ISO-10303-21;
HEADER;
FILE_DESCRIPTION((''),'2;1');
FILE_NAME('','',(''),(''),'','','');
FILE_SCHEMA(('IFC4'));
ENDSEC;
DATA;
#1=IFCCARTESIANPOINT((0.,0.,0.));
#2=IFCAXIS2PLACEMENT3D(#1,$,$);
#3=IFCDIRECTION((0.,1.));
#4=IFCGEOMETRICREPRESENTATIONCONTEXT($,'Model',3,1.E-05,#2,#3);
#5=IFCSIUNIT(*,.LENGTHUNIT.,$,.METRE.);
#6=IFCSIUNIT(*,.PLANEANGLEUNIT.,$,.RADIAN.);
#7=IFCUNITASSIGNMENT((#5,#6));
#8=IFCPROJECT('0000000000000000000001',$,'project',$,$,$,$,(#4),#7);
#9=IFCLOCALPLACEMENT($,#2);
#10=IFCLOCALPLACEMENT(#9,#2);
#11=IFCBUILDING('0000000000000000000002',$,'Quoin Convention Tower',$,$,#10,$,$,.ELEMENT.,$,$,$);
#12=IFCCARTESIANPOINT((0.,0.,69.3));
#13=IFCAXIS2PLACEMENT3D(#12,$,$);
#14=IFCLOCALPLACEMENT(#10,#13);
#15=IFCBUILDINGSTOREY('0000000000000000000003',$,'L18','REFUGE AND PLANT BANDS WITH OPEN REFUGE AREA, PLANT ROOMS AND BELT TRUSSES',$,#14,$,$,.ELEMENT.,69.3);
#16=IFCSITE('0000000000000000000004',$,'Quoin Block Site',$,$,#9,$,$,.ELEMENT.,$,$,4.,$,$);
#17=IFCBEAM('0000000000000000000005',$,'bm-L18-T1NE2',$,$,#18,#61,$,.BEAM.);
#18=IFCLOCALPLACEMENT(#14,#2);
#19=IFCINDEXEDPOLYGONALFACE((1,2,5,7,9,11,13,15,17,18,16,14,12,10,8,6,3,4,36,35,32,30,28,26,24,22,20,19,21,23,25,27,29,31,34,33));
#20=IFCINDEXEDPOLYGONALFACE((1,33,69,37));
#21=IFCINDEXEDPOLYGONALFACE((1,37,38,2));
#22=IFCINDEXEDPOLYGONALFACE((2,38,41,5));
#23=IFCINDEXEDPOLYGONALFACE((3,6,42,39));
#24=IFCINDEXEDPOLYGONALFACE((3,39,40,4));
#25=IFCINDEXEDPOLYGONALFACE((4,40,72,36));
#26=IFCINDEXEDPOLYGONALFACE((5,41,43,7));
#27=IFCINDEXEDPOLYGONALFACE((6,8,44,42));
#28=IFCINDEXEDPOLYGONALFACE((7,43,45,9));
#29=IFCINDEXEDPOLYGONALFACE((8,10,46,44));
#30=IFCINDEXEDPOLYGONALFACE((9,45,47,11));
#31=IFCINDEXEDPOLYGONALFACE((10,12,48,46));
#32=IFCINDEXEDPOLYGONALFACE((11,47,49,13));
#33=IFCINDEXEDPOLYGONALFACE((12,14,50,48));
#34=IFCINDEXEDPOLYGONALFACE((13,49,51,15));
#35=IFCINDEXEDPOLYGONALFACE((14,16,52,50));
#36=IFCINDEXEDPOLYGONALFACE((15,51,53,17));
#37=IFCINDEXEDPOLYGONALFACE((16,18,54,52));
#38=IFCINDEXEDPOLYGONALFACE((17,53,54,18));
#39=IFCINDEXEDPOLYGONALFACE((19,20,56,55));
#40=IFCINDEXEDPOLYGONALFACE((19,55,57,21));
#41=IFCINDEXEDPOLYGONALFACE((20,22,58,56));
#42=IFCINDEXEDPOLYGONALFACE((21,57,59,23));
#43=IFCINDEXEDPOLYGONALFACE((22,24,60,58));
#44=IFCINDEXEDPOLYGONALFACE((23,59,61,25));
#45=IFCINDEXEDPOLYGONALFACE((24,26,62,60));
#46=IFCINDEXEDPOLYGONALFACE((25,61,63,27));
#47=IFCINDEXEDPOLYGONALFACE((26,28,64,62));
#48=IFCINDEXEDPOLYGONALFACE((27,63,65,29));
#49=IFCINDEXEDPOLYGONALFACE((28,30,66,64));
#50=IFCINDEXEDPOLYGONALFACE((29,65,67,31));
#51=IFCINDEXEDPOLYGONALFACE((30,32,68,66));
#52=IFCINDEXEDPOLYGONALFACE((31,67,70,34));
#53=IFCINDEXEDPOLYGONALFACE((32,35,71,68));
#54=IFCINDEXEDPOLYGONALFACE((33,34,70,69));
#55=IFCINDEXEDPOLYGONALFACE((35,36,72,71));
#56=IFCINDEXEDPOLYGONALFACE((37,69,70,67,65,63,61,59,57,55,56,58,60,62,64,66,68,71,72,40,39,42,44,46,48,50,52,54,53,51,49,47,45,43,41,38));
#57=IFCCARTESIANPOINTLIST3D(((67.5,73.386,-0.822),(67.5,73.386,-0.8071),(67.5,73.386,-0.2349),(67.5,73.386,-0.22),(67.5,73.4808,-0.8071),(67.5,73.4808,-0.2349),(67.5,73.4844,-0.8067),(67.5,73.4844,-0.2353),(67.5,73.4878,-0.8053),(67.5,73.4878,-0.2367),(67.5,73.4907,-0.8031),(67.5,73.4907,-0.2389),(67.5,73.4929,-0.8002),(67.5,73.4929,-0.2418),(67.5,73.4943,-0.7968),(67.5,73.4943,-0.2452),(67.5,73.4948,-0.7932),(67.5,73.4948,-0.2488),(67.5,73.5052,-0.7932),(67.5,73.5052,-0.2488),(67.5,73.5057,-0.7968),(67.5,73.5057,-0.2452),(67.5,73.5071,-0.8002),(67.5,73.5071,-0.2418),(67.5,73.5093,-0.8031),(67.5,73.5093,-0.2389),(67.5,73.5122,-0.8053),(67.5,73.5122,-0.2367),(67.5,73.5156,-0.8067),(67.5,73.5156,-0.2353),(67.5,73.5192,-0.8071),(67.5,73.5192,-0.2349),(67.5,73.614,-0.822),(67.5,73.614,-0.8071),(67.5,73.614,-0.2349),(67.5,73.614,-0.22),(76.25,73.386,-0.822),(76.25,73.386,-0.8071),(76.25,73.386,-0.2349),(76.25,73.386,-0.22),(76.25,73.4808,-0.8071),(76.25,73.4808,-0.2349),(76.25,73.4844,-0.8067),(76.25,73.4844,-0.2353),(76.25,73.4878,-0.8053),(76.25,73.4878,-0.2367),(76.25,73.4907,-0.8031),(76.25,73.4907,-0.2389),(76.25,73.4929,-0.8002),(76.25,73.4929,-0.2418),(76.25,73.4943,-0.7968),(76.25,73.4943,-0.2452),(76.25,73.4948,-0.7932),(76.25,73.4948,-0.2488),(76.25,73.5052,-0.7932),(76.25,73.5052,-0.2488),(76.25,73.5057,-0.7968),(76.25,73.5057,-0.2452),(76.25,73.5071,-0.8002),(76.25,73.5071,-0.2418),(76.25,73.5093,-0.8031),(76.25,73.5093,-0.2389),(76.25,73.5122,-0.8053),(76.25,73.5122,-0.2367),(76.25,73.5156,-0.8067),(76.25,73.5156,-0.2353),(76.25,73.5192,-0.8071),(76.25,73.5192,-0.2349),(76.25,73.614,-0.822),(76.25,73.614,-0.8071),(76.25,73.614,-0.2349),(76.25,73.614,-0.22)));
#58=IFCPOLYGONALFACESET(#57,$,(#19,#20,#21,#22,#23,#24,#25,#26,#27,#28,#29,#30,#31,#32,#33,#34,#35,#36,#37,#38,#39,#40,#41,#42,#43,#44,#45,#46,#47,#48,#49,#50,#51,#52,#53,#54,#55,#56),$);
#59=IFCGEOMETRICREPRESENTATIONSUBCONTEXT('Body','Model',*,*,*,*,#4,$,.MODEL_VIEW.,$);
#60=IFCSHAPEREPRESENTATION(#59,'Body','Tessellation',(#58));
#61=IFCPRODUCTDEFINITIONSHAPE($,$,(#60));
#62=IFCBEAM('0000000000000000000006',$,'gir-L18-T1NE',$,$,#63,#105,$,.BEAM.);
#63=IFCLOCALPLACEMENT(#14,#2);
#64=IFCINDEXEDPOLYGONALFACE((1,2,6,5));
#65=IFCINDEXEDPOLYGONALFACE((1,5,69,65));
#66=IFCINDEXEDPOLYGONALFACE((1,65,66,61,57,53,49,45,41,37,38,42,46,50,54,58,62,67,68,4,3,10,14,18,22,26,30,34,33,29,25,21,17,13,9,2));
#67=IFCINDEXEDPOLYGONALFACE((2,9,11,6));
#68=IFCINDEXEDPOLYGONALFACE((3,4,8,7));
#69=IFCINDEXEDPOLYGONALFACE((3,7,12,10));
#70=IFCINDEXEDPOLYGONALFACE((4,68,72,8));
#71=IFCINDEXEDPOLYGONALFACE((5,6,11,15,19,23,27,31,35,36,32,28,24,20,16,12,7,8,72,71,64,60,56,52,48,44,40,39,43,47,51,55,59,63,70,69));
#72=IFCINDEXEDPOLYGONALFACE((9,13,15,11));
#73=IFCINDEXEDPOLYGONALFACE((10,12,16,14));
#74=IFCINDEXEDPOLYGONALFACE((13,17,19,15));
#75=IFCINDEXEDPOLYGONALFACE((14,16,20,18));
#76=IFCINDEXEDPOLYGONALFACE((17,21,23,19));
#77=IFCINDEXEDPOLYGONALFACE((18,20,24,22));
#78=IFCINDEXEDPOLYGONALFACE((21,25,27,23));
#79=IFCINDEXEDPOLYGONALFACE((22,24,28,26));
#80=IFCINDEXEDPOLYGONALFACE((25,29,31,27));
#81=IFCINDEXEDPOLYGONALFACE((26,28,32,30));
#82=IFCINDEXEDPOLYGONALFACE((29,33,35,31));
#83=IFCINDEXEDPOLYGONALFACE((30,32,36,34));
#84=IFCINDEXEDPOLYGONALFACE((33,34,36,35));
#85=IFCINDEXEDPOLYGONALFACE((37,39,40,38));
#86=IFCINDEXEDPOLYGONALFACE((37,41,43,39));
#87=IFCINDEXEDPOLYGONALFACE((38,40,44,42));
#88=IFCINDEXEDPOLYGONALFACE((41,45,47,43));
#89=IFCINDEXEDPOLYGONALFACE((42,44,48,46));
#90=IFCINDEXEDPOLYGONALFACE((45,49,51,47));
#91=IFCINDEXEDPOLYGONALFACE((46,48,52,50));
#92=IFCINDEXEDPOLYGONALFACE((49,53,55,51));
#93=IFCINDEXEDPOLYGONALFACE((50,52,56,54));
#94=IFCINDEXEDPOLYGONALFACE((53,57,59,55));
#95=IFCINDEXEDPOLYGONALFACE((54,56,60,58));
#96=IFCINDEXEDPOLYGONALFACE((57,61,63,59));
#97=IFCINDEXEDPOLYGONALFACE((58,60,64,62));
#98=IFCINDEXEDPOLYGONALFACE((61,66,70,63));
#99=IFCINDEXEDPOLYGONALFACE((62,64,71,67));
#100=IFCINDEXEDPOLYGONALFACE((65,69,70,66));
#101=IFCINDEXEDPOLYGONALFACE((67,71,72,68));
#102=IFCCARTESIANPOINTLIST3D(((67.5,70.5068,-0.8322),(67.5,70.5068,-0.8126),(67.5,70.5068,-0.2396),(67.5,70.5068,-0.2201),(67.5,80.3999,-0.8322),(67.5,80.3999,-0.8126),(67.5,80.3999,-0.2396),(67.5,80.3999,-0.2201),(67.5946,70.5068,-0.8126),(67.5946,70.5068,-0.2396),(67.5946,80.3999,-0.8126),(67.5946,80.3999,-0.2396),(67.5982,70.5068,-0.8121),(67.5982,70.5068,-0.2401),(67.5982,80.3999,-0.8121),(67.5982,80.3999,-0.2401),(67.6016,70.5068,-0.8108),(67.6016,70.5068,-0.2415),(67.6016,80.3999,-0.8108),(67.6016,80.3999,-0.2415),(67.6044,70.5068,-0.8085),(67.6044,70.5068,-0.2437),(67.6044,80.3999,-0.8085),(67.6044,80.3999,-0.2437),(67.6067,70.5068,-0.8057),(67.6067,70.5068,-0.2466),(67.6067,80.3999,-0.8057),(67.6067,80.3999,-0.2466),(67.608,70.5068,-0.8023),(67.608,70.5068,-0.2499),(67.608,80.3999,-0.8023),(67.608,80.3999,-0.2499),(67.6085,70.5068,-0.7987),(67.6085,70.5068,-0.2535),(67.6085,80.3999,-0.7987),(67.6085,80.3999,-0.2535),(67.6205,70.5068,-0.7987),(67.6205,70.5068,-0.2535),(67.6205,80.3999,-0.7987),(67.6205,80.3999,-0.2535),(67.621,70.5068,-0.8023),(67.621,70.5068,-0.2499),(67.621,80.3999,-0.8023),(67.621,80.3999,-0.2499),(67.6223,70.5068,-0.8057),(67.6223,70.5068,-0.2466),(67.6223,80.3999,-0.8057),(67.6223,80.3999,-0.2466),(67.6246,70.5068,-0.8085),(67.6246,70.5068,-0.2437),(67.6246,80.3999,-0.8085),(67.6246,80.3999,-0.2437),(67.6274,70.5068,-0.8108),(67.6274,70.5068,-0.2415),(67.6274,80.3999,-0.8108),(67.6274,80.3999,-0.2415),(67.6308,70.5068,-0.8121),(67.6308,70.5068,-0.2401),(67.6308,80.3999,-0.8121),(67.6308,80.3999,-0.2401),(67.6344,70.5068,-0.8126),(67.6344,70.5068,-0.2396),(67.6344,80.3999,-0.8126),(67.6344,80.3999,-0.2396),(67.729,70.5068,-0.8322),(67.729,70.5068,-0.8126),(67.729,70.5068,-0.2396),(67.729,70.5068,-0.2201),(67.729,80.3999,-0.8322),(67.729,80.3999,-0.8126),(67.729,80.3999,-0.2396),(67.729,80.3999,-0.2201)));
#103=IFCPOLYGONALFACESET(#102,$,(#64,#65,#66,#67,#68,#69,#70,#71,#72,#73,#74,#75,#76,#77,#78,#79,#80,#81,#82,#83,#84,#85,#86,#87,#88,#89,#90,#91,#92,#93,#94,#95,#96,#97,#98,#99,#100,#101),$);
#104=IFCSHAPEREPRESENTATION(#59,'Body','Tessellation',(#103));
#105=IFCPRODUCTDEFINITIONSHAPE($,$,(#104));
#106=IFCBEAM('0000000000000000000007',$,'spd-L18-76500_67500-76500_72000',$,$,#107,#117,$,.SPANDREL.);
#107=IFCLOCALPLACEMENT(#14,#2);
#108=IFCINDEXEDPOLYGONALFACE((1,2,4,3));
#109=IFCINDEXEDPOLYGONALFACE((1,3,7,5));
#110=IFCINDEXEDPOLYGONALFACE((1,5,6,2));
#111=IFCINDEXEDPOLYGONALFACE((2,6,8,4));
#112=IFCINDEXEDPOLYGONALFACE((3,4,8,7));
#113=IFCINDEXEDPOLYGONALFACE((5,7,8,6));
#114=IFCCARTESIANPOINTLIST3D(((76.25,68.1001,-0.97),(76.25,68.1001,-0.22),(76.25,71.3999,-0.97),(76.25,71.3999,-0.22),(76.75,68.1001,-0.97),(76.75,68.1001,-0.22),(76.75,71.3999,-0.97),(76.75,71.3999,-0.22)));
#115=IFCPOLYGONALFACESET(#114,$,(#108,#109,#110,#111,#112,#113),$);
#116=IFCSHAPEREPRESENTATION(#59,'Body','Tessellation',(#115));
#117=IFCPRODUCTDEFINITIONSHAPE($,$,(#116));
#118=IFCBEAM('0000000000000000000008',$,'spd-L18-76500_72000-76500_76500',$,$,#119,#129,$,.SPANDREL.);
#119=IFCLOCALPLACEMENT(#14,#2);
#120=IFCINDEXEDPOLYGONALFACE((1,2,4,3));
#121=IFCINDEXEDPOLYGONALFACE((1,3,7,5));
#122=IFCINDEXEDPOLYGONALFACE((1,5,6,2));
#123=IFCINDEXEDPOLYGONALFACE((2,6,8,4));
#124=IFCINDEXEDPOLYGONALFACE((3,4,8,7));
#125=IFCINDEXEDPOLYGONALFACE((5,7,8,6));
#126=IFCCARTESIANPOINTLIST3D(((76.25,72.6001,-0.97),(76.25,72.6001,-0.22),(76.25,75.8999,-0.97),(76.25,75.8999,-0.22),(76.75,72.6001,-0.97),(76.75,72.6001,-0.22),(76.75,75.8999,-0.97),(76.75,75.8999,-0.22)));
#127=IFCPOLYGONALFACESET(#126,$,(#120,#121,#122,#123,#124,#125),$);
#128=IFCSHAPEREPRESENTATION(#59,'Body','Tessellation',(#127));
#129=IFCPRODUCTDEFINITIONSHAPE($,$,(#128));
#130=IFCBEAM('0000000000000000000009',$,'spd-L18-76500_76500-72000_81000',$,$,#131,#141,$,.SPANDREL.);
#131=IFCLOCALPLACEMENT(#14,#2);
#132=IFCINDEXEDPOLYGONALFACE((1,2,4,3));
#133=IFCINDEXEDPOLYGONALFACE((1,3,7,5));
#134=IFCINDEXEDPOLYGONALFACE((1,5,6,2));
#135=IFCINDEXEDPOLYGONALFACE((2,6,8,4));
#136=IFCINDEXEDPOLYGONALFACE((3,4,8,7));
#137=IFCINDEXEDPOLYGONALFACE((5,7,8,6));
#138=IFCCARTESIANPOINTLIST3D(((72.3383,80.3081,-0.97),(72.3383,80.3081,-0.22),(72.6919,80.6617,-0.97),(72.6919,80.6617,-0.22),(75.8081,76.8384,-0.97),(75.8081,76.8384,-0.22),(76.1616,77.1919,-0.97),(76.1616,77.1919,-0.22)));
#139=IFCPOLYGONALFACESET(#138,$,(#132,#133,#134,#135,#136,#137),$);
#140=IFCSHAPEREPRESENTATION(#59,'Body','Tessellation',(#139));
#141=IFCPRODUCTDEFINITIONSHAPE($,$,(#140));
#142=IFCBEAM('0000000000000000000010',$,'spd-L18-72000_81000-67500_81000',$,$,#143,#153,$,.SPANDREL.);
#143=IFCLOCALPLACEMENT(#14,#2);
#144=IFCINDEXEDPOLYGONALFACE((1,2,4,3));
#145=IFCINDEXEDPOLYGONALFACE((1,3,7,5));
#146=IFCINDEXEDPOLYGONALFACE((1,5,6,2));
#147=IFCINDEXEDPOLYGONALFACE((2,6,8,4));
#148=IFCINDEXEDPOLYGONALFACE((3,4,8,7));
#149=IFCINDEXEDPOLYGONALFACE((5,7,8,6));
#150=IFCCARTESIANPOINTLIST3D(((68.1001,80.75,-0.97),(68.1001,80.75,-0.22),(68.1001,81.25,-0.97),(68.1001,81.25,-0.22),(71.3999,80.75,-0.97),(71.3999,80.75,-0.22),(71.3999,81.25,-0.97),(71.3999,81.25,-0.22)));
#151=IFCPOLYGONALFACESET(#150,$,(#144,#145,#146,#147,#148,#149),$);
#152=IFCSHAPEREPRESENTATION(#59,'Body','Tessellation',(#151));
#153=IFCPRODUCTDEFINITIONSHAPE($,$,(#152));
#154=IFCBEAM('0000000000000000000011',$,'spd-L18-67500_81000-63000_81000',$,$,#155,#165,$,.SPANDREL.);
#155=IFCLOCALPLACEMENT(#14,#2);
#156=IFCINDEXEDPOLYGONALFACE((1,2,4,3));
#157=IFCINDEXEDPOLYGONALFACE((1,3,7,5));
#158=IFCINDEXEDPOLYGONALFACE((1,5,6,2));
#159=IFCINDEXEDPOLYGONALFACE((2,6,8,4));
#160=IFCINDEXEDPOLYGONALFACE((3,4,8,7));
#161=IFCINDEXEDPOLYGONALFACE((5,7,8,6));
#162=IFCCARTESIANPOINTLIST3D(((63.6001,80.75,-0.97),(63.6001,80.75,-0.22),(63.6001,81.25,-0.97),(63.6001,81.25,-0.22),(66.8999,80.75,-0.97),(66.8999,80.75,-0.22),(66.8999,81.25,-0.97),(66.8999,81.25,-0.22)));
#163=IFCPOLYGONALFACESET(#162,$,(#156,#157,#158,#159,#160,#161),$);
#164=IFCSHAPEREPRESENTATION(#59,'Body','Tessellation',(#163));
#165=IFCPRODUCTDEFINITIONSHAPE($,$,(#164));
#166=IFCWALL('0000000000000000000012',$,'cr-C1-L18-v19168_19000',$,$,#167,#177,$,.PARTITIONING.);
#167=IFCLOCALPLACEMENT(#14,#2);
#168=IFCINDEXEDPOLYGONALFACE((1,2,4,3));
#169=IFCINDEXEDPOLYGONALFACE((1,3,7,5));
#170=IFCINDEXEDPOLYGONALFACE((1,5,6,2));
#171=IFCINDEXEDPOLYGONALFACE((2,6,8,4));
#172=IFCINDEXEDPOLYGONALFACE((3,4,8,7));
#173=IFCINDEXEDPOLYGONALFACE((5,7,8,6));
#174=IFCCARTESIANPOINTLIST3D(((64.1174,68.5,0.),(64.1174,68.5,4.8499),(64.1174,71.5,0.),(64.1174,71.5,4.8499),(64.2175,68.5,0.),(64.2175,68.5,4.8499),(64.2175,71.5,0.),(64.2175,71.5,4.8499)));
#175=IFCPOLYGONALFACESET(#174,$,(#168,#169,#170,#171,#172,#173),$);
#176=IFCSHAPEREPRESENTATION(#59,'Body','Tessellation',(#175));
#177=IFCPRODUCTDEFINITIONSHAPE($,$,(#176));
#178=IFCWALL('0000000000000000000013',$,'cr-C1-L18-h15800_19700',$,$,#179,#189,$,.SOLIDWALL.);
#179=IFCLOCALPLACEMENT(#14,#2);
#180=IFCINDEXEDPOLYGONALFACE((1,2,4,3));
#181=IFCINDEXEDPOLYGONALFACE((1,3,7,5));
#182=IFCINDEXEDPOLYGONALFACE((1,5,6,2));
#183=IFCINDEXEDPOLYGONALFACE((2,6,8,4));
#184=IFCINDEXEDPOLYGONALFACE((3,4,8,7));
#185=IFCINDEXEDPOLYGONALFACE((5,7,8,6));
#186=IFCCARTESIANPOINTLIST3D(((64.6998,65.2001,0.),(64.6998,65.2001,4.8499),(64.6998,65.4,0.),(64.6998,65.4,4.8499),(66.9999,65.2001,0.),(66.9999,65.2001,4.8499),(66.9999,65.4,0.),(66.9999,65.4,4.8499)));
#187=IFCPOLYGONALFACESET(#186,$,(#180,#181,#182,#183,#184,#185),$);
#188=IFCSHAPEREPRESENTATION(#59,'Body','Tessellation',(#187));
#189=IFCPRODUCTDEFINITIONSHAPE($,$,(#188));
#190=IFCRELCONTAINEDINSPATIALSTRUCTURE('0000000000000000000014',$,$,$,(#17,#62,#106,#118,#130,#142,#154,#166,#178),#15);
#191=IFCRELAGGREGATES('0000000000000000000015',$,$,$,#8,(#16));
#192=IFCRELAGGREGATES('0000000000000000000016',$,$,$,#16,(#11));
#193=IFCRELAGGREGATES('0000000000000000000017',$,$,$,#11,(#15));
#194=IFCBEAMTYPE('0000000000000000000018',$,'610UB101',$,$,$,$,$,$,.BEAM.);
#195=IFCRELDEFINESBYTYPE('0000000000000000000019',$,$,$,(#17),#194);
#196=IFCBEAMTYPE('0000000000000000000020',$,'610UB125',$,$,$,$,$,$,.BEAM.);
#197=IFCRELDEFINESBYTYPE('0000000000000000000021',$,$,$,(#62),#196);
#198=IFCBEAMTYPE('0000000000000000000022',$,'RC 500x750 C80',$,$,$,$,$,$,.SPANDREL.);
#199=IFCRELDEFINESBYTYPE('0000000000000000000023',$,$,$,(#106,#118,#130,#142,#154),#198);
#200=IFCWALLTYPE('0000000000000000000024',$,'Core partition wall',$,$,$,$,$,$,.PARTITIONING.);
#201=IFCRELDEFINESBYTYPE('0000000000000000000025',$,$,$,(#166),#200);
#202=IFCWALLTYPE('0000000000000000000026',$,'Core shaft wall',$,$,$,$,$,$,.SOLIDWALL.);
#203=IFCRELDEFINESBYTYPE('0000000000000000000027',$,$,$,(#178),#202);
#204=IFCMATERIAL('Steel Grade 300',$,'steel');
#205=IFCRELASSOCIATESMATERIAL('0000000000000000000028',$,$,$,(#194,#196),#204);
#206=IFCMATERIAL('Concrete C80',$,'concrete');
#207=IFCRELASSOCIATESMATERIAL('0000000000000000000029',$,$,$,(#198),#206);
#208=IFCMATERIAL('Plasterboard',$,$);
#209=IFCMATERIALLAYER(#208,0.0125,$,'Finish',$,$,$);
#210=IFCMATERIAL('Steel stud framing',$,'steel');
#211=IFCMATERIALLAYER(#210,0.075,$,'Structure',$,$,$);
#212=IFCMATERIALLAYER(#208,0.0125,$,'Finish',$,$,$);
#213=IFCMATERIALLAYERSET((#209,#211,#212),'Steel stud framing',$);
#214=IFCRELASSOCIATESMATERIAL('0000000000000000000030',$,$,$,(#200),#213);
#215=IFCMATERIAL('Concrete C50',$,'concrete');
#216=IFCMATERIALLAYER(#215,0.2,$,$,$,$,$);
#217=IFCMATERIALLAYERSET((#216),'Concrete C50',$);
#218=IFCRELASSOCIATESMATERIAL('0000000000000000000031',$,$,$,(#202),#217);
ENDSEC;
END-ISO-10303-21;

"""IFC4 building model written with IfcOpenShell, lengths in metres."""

from ifc_helpers import new_model, si_unit, direction, frame, frame_2d, origin, origin_2d, place, context, subcontext, project, spatial, rectangle, i_section, extrude, material, layer, layer_set, material_profile, profile_set, type_object, element, save


model = new_model("IFC4")

# Units and contexts
model_context = context("Model", 3, precision=1e-05, world=origin(), true_north=direction((0.0, 1.0)))
body_context = subcontext(model_context, "Body", "Model", "MODEL_VIEW")
ifc_project = project(units=[si_unit("LENGTHUNIT", "METRE"), si_unit("PLANEANGLEUNIT", "RADIAN")], contexts=[model_context])

# Site, building, storey
site_placement = place(None, origin())
site = spatial("IfcSite", under=ifc_project, at=site_placement, Name="Quoin Block Site", CompositionType="ELEMENT", RefElevation=4.0)
building_placement = place(site_placement, origin())
building = spatial("IfcBuilding", under=site, at=building_placement, Name="Quoin Convention Tower", CompositionType="ELEMENT")
storey_placement = place(building_placement, frame((0.0, 0.0, 69.3)))
storey = spatial("IfcBuildingStorey", under=building, at=storey_placement, Name="L18", Description="REFUGE AND PLANT BANDS WITH OPEN REFUGE AREA, PLANT ROOMS AND BELT TRUSSES", CompositionType="ELEMENT", Elevation=69.3)

# Shared definitions
ifc_material_1 = material(Name="Concrete C80", Category="concrete")

# Shared definitions
ifc_material_2 = material(Name="Steel Grade 300", Category="steel")

# Beams
ifc_material_profile_1 = material_profile(ifc_material_2, i_section(OverallWidth=0.228, OverallDepth=0.6021, WebThickness=0.0105, FlangeThickness=0.0149, FilletRadius=0.0139, at=origin_2d()), Name="610UB101")
ifc_profile_set_1 = profile_set([ifc_material_profile_1], Name="Steel Grade 300")
beam_type_1 = type_object("IfcBeamType", Name="610UB101", PredefinedType="BEAM", material=ifc_profile_set_1)
beam_1_placement = place(storey_placement, frame((67.5, 73.5, -0.521), z_axis=(1.0, 0.0, 0.0), x_axis=(0.0, 1.0, 0.0)))
element("IfcBeam", 1, at=beam_1_placement, inside=storey, type_object=beam_type_1, Name="bm-L18-T1NE2", PredefinedType="BEAM", context=body_context, shape_type="SweptSolid", body=[
    extrude(i_section(OverallWidth=0.228, OverallDepth=0.6021, WebThickness=0.0105, FlangeThickness=0.0149, FilletRadius=0.0139, at=origin_2d()), origin(), (0.0, 0.0, 1.0), 8.75),
])
ifc_material_profile_2 = material_profile(ifc_material_2, i_section(OverallWidth=0.229, OverallDepth=0.6121, WebThickness=0.012, FlangeThickness=0.0195, FilletRadius=0.0139, at=origin_2d()), Name="610UB125")
ifc_profile_set_2 = profile_set([ifc_material_profile_2], Name="Steel Grade 300")
beam_type_2 = type_object("IfcBeamType", Name="610UB125", PredefinedType="BEAM", material=ifc_profile_set_2)
beam_2_placement = place(storey_placement, frame((67.6145, 80.3999, -0.5261), z_axis=(0.0, -1.0, 0.0), x_axis=(1.0, 0.0, 0.0)))
element("IfcBeam", 2, at=beam_2_placement, inside=storey, type_object=beam_type_2, Name="gir-L18-T1NE", PredefinedType="BEAM", context=body_context, shape_type="SweptSolid", body=[
    extrude(i_section(OverallWidth=0.229, OverallDepth=0.6121, WebThickness=0.012, FlangeThickness=0.0195, FilletRadius=0.0139, at=origin_2d()), origin(), (0.0, 0.0, 1.0), 9.8931),
])
ifc_material_profile_3 = material_profile(ifc_material_1, rectangle(XDim=0.5, YDim=0.75, at=origin_2d()), Name="RC 500x750")
ifc_profile_set_3 = profile_set([ifc_material_profile_3], Name="Concrete C80")
beam_type_3 = type_object("IfcBeamType", Name="RC 500x750 C80", PredefinedType="SPANDREL", material=ifc_profile_set_3)
for number, where, z_axis, x_axis, name in (
    (3, (76.5, 68.1001, -0.595), (0.0, 1.0, 0.0), (-1.0, 0.0, 0.0), "spd-L18-76500_67500-76500_72000"),
    (4, (76.5, 72.6001, -0.595), (0.0, 1.0, 0.0), (-1.0, 0.0, 0.0), "spd-L18-76500_72000-76500_76500"),
):
    element("IfcBeam", number, at=place(storey_placement, frame(where, z_axis=z_axis, x_axis=x_axis)), inside=storey, type_object=beam_type_3, Name=name, PredefinedType="SPANDREL", context=body_context, shape_type="SweptSolid", body=[
        extrude(rectangle(XDim=0.5, YDim=0.75, at=origin_2d()), origin(), (0.0, 0.0, 1.0), 3.2998),
    ])
beam_3_placement = place(storey_placement, frame((75.9849, 77.0151, -0.595), z_axis=(-0.707107, 0.707107, 0.0), x_axis=(-0.707107, -0.707107, 0.0)))
element("IfcBeam", 5, at=beam_3_placement, inside=storey, type_object=beam_type_3, Name="spd-L18-76500_76500-72000_81000", PredefinedType="SPANDREL", context=body_context, shape_type="SweptSolid", body=[
    extrude(rectangle(XDim=0.5, YDim=0.75, at=origin_2d()), origin(), (0.0, 0.0, 1.0), 4.907),
])
for number, where, z_axis, x_axis, name in (
    (6, (71.3999, 81.0, -0.595), (-1.0, 0.0, 0.0), (0.0, -1.0, 0.0), "spd-L18-72000_81000-67500_81000"),
    (7, (66.8999, 81.0, -0.595), (-1.0, 0.0, 0.0), (0.0, -1.0, 0.0), "spd-L18-67500_81000-63000_81000"),
):
    element("IfcBeam", number, at=place(storey_placement, frame(where, z_axis=z_axis, x_axis=x_axis)), inside=storey, type_object=beam_type_3, Name=name, PredefinedType="SPANDREL", context=body_context, shape_type="SweptSolid", body=[
        extrude(rectangle(XDim=0.5, YDim=0.75, at=origin_2d()), origin(), (0.0, 0.0, 1.0), 3.2998),
    ])

# Walls
ifc_material_3 = material(Name="Plasterboard")
ifc_layer_1 = layer(ifc_material_3, 0.0125, Name="Finish")
ifc_material_4 = material(Name="Steel stud framing", Category="steel")
ifc_layer_2 = layer(ifc_material_4, 0.075, Name="Structure")
ifc_layer_3 = layer(ifc_material_3, 0.0125, Name="Finish")
ifc_layer_set_1 = layer_set([ifc_layer_1, ifc_layer_2, ifc_layer_3], Name="Steel stud framing")
wall_type_1 = type_object("IfcWallType", Name="Core partition wall", PredefinedType="PARTITIONING", material=ifc_layer_set_1)
wall_1_placement = place(storey_placement, frame((64.1675, 68.5, 0.0), z_axis=(0.0, 0.0, 1.0), x_axis=(0.0, 1.0, 0.0)))
element("IfcWall", 8, at=wall_1_placement, inside=storey, type_object=wall_type_1, Name="cr-C1-L18-v19168_19000", PredefinedType="PARTITIONING", context=body_context, shape_type="SweptSolid", body=[
    extrude(rectangle(XDim=3.0, YDim=0.1001, at=frame_2d((1.5, 0.0))), origin(), (0.0, 0.0, 1.0), 4.8499),
])
ifc_material_5 = material(Name="Concrete C50", Category="concrete")
ifc_layer_4 = layer(ifc_material_5, 0.2)
ifc_layer_set_2 = layer_set([ifc_layer_4], Name="Concrete C50")
wall_type_2 = type_object("IfcWallType", Name="Core shaft wall", PredefinedType="SOLIDWALL", material=ifc_layer_set_2)
wall_2_placement = place(storey_placement, frame((64.7, 65.3, 0.0), z_axis=(0.0, 0.0, 1.0), x_axis=(1.0, 0.0, 0.0)))
element("IfcWall", 9, at=wall_2_placement, inside=storey, type_object=wall_type_2, Name="cr-C1-L18-h15800_19700", PredefinedType="SOLIDWALL", context=body_context, shape_type="SweptSolid", body=[
    extrude(rectangle(XDim=2.3, YDim=0.2, at=frame_2d((1.1499, 0.0))), origin(), (0.0, 0.0, 1.0), 4.8499),
])

save(model, "model.ifc")
